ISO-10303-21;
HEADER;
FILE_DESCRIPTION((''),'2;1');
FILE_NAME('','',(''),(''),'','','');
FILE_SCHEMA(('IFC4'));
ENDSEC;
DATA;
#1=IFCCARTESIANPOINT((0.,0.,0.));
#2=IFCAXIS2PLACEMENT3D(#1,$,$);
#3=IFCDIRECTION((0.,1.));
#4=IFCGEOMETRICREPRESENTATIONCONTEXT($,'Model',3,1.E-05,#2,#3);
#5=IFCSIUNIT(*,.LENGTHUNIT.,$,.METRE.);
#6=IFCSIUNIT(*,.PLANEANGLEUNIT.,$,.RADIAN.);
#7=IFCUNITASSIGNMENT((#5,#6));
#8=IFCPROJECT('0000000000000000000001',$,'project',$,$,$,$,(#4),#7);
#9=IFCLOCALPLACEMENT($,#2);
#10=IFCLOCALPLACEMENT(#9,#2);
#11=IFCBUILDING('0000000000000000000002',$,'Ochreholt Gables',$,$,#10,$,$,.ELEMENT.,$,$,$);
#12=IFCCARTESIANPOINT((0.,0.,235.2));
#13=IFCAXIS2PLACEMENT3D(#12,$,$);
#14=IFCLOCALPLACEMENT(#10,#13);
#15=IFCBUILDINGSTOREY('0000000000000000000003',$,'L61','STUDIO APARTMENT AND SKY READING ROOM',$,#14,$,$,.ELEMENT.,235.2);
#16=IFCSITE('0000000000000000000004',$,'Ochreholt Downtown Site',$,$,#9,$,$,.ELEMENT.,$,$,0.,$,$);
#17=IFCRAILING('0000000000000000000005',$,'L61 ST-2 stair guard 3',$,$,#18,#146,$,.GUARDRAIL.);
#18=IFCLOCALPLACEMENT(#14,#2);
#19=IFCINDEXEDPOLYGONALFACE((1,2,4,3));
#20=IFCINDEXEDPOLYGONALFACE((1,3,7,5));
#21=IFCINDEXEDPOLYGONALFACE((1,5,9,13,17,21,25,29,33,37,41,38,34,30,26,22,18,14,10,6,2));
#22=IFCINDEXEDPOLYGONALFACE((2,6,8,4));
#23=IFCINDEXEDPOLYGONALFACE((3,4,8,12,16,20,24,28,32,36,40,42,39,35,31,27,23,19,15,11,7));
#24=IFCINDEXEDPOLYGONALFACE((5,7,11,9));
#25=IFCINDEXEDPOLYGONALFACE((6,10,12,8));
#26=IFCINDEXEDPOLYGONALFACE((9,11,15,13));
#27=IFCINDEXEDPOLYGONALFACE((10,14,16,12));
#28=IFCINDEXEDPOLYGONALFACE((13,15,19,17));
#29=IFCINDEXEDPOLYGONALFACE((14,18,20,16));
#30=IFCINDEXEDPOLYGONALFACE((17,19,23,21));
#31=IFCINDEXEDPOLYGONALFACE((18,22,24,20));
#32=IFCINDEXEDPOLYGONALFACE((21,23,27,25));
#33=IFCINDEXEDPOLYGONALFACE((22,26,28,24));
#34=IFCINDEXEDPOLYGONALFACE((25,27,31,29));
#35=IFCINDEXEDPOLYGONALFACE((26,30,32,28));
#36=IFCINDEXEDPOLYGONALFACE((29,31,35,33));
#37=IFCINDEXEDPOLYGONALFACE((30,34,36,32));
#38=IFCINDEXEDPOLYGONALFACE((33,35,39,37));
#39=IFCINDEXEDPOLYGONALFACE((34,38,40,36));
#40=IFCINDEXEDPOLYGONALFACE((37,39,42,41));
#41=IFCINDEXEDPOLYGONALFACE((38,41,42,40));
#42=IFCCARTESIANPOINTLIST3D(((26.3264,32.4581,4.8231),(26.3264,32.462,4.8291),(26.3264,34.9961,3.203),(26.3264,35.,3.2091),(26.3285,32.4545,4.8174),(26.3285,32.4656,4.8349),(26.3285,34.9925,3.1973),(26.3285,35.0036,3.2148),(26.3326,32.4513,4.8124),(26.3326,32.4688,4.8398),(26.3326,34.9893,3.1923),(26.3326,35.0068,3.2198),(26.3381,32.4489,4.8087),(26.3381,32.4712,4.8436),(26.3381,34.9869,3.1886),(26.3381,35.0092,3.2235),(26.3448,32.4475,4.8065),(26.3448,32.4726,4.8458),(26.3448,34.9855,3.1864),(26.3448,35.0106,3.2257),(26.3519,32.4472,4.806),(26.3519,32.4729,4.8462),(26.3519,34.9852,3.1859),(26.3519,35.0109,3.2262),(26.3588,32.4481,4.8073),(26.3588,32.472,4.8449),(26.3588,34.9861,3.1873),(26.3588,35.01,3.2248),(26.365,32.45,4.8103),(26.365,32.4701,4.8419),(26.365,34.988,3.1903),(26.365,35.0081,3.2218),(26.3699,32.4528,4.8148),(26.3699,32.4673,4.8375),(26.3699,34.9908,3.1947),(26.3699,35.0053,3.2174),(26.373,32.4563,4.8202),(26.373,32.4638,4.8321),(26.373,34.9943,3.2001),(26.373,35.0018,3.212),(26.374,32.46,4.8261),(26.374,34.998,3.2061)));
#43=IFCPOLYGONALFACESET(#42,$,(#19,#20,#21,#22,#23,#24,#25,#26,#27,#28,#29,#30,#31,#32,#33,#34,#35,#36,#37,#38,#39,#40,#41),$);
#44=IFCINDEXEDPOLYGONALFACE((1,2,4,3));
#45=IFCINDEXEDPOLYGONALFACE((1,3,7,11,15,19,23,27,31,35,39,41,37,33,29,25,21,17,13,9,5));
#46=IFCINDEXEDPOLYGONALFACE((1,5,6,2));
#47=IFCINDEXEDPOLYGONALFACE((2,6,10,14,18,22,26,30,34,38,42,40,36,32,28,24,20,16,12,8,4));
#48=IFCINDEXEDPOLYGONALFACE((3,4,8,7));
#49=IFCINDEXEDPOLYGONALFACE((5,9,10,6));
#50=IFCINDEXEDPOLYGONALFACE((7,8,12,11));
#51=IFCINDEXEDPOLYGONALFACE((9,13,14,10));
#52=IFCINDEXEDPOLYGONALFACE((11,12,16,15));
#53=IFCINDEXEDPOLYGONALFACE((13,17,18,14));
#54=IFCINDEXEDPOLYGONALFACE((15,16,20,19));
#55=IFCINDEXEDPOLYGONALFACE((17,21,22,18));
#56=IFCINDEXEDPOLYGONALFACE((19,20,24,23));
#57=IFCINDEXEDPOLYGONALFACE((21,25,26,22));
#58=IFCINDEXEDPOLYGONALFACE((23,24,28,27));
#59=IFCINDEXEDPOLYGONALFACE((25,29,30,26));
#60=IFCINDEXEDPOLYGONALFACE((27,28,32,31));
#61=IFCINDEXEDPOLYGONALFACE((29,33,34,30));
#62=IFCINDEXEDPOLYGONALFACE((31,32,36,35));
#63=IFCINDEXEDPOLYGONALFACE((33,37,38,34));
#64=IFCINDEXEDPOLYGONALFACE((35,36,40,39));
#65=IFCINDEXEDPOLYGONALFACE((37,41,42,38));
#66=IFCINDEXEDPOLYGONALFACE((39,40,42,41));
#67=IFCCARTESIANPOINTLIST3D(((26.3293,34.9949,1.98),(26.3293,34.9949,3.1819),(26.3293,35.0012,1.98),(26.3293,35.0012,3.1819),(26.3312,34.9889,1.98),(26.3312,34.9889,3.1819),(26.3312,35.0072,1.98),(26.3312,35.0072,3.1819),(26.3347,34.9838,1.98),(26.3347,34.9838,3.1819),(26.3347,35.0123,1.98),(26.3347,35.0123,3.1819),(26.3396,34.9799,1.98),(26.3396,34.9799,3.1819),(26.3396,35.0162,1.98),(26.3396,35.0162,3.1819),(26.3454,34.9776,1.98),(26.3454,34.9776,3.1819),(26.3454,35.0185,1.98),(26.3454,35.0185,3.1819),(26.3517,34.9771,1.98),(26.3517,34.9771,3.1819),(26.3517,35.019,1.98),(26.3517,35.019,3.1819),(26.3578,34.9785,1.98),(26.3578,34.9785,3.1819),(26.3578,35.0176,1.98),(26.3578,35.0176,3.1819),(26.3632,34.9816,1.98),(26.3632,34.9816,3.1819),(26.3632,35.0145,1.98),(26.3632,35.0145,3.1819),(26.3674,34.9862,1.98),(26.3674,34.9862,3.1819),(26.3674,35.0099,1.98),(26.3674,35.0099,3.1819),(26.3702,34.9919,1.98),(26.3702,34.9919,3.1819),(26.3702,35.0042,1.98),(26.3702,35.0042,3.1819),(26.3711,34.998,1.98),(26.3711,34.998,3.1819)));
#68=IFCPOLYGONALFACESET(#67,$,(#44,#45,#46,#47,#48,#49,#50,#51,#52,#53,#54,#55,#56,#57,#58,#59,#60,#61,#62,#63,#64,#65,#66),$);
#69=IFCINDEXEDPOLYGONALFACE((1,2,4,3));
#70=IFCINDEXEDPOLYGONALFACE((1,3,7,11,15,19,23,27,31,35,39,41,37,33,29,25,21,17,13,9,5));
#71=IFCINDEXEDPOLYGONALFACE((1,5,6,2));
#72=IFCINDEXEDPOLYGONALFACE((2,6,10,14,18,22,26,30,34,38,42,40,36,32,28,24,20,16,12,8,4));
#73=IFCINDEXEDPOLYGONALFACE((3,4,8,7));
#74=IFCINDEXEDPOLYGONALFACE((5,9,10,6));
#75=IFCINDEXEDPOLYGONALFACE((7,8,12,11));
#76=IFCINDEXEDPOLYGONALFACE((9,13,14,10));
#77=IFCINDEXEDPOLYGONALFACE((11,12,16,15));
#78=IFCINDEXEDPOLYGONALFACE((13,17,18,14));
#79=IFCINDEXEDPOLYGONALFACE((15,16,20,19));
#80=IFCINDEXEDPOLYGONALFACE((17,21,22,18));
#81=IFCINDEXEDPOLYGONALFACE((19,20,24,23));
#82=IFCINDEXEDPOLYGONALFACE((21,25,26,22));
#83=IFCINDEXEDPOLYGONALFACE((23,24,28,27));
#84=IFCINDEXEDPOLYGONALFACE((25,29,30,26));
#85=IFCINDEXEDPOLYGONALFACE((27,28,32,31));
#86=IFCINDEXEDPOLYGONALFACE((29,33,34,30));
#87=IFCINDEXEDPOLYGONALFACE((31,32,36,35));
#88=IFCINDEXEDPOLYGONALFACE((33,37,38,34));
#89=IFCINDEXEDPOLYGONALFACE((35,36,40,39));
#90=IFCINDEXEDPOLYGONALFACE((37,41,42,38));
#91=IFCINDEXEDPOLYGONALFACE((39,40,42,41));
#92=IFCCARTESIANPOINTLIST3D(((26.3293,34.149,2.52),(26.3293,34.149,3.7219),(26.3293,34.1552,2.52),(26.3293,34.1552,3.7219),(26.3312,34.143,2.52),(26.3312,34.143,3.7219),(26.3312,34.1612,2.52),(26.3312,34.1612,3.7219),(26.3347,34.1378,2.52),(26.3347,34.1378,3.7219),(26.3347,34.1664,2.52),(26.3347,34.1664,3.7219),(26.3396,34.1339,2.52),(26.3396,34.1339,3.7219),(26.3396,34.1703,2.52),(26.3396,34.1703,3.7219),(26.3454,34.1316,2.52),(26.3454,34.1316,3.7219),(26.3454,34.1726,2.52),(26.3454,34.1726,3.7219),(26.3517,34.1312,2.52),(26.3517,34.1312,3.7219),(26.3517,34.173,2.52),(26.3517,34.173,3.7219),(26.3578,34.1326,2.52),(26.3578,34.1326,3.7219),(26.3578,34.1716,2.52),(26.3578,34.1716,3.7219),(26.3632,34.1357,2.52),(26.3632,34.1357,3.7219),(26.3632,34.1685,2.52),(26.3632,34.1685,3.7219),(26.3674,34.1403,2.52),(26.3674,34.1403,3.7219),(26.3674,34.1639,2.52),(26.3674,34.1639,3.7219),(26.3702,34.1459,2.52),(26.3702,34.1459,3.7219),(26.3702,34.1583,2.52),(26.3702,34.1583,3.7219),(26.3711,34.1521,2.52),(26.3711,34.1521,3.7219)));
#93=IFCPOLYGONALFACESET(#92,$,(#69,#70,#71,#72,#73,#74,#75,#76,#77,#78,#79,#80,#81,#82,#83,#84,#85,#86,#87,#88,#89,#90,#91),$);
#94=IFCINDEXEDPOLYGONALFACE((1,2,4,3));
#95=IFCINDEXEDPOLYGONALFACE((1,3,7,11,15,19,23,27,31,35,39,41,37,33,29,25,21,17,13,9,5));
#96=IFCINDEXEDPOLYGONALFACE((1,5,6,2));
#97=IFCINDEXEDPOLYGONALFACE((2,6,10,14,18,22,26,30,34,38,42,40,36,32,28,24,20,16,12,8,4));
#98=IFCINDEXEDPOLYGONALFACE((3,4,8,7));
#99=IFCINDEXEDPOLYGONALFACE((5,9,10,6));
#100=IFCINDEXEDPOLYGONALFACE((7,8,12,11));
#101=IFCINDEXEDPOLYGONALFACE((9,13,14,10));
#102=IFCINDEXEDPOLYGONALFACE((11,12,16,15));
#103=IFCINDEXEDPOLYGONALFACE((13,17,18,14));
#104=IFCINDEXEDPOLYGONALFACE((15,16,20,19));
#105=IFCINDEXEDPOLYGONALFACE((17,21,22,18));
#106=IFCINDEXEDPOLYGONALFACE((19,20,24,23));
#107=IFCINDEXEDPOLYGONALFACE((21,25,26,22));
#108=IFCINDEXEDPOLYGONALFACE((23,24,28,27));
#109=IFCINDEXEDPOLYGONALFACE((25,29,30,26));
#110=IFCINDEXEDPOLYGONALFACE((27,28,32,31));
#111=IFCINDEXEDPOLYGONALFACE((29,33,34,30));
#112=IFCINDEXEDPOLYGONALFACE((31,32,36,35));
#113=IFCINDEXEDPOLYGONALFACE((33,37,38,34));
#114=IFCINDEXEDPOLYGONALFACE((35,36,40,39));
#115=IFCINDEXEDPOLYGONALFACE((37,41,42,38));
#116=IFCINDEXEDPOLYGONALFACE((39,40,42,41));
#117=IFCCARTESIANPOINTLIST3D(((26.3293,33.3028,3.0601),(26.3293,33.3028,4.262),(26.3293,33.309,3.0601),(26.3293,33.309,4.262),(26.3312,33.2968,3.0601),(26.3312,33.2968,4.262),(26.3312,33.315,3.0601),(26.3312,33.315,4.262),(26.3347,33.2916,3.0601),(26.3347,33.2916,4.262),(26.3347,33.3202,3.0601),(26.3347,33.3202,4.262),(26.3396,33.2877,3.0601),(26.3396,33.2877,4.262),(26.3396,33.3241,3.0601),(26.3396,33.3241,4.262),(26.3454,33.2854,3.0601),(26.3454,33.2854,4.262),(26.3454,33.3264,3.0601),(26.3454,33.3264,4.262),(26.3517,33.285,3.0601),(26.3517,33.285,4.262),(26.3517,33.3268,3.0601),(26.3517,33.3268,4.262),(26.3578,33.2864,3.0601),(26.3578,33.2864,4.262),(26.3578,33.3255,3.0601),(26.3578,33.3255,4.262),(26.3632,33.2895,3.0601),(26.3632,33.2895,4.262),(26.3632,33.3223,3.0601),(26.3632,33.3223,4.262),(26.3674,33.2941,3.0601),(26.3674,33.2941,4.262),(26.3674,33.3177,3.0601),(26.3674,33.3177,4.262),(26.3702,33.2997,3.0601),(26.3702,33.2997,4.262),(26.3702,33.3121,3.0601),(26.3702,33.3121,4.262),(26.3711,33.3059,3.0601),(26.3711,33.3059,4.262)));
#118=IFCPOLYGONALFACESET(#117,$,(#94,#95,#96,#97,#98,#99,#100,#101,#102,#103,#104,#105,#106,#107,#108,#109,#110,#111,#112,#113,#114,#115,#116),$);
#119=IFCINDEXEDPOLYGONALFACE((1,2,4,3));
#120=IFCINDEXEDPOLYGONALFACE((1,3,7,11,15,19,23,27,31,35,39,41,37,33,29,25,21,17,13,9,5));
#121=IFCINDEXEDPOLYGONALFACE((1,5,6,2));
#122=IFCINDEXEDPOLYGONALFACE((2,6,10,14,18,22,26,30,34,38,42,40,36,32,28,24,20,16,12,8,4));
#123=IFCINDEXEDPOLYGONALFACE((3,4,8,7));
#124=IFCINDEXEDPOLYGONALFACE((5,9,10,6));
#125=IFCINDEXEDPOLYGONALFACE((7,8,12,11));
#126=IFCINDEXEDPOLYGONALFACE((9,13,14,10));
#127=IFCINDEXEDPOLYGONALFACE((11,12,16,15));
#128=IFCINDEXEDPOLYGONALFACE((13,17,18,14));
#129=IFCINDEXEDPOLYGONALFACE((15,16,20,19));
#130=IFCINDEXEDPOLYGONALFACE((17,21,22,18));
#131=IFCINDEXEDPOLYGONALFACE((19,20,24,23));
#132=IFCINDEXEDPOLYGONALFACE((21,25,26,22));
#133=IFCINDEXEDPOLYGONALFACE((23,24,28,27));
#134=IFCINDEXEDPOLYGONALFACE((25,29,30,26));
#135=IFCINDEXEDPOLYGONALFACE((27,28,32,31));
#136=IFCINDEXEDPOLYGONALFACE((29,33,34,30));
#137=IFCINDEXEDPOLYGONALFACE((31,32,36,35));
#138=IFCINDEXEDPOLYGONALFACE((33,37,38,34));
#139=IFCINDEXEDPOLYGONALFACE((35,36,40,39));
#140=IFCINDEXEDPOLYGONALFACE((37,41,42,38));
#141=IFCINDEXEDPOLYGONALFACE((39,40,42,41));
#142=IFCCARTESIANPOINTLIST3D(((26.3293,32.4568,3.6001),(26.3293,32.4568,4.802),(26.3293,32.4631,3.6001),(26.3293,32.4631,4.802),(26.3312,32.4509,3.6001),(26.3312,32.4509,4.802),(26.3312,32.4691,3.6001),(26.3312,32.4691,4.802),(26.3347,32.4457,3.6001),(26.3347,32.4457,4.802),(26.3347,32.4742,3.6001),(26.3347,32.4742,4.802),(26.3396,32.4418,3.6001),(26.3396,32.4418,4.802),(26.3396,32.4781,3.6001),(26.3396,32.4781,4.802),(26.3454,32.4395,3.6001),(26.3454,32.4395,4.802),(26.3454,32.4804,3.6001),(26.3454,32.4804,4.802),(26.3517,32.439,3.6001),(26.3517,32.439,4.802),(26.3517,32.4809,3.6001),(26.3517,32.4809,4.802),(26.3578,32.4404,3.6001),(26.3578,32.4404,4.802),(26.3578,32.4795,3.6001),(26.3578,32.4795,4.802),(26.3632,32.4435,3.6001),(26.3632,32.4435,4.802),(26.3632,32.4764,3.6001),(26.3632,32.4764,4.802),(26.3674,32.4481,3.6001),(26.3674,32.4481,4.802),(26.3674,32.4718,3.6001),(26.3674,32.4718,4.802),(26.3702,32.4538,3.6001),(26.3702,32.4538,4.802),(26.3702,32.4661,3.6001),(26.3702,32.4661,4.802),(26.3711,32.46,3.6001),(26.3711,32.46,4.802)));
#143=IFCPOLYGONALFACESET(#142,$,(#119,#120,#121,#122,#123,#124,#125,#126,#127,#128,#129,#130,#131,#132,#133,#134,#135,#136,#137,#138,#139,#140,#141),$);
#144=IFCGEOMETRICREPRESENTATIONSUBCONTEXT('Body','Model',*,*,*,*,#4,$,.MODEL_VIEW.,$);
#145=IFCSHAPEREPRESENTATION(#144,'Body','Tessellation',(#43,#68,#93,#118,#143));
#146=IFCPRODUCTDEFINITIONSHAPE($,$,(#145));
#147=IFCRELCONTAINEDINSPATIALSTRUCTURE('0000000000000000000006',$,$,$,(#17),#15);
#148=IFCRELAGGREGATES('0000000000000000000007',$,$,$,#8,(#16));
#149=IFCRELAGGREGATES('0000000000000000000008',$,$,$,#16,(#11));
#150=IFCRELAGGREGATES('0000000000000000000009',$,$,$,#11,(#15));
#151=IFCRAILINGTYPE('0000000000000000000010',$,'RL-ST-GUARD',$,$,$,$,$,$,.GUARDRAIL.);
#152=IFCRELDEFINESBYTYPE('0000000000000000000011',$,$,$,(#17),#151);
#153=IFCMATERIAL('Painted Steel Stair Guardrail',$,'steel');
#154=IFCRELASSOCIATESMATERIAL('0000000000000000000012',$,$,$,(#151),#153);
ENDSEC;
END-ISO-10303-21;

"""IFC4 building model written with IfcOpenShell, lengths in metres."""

from ifc_helpers import new_model, si_unit, direction, frame, origin, origin_2d, place, context, subcontext, project, spatial, circle, extrude, material, type_object, element, save


model = new_model("IFC4")

# Units and contexts
model_context = context("Model", 3, precision=1e-05, world=origin(), true_north=direction((0.0, 1.0)))
body_context = subcontext(model_context, "Body", "Model", "MODEL_VIEW")
ifc_project = project(units=[si_unit("LENGTHUNIT", "METRE"), si_unit("PLANEANGLEUNIT", "RADIAN")], contexts=[model_context])

# Site, building, storey
site_placement = place(None, origin())
site = spatial("IfcSite", under=ifc_project, at=site_placement, Name="Ochreholt Downtown Site", CompositionType="ELEMENT", RefElevation=0.0)
building_placement = place(site_placement, origin())
building = spatial("IfcBuilding", under=site, at=building_placement, Name="Ochreholt Gables", CompositionType="ELEMENT")
storey_placement = place(building_placement, frame((0.0, 0.0, 235.2)))
storey = spatial("IfcBuildingStorey", under=building, at=storey_placement, Name="L61", Description="STUDIO APARTMENT AND SKY READING ROOM", CompositionType="ELEMENT", Elevation=235.2)

# Railing
ifc_material_1 = material(Name="Painted Steel Stair Guardrail", Category="steel")
railing_type_1 = type_object("IfcRailingType", Name="RL-ST-GUARD", PredefinedType="GUARDRAIL", material=ifc_material_1)
railing_1_placement = place(storey_placement, frame((26.3501, 34.998, 1.98)))
element("IfcRailing", 1, at=railing_1_placement, inside=storey, type_object=railing_type_1, Name="L61 ST-2 stair guard 3", PredefinedType="GUARDRAIL", context=body_context, shape_type="SweptSolid", body=[
    extrude(circle(Radius=0.0239, at=origin_2d()), frame((0.0, 0.0, 1.2261), z_axis=(0.0, -0.842913, 0.53805), x_axis=(1.0, 0.0, 0.0)), (0.0, 0.0, 1.0), 3.011),
    extrude(circle(Radius=0.021, at=origin_2d()), origin(), (0.0, 0.0, 1.0), 1.2019),
    extrude(circle(Radius=0.021, at=origin_2d()), frame((0.0, -0.8459, 0.54)), (0.0, 0.0, 1.0), 1.2019),
    extrude(circle(Radius=0.021, at=origin_2d()), frame((0.0, -1.6921, 1.0801)), (0.0, 0.0, 1.0), 1.2019),
    extrude(circle(Radius=0.021, at=origin_2d()), frame((0.0, -2.5381, 1.6201)), (0.0, 0.0, 1.0), 1.2019),
])

save(model, "model.ifc")
